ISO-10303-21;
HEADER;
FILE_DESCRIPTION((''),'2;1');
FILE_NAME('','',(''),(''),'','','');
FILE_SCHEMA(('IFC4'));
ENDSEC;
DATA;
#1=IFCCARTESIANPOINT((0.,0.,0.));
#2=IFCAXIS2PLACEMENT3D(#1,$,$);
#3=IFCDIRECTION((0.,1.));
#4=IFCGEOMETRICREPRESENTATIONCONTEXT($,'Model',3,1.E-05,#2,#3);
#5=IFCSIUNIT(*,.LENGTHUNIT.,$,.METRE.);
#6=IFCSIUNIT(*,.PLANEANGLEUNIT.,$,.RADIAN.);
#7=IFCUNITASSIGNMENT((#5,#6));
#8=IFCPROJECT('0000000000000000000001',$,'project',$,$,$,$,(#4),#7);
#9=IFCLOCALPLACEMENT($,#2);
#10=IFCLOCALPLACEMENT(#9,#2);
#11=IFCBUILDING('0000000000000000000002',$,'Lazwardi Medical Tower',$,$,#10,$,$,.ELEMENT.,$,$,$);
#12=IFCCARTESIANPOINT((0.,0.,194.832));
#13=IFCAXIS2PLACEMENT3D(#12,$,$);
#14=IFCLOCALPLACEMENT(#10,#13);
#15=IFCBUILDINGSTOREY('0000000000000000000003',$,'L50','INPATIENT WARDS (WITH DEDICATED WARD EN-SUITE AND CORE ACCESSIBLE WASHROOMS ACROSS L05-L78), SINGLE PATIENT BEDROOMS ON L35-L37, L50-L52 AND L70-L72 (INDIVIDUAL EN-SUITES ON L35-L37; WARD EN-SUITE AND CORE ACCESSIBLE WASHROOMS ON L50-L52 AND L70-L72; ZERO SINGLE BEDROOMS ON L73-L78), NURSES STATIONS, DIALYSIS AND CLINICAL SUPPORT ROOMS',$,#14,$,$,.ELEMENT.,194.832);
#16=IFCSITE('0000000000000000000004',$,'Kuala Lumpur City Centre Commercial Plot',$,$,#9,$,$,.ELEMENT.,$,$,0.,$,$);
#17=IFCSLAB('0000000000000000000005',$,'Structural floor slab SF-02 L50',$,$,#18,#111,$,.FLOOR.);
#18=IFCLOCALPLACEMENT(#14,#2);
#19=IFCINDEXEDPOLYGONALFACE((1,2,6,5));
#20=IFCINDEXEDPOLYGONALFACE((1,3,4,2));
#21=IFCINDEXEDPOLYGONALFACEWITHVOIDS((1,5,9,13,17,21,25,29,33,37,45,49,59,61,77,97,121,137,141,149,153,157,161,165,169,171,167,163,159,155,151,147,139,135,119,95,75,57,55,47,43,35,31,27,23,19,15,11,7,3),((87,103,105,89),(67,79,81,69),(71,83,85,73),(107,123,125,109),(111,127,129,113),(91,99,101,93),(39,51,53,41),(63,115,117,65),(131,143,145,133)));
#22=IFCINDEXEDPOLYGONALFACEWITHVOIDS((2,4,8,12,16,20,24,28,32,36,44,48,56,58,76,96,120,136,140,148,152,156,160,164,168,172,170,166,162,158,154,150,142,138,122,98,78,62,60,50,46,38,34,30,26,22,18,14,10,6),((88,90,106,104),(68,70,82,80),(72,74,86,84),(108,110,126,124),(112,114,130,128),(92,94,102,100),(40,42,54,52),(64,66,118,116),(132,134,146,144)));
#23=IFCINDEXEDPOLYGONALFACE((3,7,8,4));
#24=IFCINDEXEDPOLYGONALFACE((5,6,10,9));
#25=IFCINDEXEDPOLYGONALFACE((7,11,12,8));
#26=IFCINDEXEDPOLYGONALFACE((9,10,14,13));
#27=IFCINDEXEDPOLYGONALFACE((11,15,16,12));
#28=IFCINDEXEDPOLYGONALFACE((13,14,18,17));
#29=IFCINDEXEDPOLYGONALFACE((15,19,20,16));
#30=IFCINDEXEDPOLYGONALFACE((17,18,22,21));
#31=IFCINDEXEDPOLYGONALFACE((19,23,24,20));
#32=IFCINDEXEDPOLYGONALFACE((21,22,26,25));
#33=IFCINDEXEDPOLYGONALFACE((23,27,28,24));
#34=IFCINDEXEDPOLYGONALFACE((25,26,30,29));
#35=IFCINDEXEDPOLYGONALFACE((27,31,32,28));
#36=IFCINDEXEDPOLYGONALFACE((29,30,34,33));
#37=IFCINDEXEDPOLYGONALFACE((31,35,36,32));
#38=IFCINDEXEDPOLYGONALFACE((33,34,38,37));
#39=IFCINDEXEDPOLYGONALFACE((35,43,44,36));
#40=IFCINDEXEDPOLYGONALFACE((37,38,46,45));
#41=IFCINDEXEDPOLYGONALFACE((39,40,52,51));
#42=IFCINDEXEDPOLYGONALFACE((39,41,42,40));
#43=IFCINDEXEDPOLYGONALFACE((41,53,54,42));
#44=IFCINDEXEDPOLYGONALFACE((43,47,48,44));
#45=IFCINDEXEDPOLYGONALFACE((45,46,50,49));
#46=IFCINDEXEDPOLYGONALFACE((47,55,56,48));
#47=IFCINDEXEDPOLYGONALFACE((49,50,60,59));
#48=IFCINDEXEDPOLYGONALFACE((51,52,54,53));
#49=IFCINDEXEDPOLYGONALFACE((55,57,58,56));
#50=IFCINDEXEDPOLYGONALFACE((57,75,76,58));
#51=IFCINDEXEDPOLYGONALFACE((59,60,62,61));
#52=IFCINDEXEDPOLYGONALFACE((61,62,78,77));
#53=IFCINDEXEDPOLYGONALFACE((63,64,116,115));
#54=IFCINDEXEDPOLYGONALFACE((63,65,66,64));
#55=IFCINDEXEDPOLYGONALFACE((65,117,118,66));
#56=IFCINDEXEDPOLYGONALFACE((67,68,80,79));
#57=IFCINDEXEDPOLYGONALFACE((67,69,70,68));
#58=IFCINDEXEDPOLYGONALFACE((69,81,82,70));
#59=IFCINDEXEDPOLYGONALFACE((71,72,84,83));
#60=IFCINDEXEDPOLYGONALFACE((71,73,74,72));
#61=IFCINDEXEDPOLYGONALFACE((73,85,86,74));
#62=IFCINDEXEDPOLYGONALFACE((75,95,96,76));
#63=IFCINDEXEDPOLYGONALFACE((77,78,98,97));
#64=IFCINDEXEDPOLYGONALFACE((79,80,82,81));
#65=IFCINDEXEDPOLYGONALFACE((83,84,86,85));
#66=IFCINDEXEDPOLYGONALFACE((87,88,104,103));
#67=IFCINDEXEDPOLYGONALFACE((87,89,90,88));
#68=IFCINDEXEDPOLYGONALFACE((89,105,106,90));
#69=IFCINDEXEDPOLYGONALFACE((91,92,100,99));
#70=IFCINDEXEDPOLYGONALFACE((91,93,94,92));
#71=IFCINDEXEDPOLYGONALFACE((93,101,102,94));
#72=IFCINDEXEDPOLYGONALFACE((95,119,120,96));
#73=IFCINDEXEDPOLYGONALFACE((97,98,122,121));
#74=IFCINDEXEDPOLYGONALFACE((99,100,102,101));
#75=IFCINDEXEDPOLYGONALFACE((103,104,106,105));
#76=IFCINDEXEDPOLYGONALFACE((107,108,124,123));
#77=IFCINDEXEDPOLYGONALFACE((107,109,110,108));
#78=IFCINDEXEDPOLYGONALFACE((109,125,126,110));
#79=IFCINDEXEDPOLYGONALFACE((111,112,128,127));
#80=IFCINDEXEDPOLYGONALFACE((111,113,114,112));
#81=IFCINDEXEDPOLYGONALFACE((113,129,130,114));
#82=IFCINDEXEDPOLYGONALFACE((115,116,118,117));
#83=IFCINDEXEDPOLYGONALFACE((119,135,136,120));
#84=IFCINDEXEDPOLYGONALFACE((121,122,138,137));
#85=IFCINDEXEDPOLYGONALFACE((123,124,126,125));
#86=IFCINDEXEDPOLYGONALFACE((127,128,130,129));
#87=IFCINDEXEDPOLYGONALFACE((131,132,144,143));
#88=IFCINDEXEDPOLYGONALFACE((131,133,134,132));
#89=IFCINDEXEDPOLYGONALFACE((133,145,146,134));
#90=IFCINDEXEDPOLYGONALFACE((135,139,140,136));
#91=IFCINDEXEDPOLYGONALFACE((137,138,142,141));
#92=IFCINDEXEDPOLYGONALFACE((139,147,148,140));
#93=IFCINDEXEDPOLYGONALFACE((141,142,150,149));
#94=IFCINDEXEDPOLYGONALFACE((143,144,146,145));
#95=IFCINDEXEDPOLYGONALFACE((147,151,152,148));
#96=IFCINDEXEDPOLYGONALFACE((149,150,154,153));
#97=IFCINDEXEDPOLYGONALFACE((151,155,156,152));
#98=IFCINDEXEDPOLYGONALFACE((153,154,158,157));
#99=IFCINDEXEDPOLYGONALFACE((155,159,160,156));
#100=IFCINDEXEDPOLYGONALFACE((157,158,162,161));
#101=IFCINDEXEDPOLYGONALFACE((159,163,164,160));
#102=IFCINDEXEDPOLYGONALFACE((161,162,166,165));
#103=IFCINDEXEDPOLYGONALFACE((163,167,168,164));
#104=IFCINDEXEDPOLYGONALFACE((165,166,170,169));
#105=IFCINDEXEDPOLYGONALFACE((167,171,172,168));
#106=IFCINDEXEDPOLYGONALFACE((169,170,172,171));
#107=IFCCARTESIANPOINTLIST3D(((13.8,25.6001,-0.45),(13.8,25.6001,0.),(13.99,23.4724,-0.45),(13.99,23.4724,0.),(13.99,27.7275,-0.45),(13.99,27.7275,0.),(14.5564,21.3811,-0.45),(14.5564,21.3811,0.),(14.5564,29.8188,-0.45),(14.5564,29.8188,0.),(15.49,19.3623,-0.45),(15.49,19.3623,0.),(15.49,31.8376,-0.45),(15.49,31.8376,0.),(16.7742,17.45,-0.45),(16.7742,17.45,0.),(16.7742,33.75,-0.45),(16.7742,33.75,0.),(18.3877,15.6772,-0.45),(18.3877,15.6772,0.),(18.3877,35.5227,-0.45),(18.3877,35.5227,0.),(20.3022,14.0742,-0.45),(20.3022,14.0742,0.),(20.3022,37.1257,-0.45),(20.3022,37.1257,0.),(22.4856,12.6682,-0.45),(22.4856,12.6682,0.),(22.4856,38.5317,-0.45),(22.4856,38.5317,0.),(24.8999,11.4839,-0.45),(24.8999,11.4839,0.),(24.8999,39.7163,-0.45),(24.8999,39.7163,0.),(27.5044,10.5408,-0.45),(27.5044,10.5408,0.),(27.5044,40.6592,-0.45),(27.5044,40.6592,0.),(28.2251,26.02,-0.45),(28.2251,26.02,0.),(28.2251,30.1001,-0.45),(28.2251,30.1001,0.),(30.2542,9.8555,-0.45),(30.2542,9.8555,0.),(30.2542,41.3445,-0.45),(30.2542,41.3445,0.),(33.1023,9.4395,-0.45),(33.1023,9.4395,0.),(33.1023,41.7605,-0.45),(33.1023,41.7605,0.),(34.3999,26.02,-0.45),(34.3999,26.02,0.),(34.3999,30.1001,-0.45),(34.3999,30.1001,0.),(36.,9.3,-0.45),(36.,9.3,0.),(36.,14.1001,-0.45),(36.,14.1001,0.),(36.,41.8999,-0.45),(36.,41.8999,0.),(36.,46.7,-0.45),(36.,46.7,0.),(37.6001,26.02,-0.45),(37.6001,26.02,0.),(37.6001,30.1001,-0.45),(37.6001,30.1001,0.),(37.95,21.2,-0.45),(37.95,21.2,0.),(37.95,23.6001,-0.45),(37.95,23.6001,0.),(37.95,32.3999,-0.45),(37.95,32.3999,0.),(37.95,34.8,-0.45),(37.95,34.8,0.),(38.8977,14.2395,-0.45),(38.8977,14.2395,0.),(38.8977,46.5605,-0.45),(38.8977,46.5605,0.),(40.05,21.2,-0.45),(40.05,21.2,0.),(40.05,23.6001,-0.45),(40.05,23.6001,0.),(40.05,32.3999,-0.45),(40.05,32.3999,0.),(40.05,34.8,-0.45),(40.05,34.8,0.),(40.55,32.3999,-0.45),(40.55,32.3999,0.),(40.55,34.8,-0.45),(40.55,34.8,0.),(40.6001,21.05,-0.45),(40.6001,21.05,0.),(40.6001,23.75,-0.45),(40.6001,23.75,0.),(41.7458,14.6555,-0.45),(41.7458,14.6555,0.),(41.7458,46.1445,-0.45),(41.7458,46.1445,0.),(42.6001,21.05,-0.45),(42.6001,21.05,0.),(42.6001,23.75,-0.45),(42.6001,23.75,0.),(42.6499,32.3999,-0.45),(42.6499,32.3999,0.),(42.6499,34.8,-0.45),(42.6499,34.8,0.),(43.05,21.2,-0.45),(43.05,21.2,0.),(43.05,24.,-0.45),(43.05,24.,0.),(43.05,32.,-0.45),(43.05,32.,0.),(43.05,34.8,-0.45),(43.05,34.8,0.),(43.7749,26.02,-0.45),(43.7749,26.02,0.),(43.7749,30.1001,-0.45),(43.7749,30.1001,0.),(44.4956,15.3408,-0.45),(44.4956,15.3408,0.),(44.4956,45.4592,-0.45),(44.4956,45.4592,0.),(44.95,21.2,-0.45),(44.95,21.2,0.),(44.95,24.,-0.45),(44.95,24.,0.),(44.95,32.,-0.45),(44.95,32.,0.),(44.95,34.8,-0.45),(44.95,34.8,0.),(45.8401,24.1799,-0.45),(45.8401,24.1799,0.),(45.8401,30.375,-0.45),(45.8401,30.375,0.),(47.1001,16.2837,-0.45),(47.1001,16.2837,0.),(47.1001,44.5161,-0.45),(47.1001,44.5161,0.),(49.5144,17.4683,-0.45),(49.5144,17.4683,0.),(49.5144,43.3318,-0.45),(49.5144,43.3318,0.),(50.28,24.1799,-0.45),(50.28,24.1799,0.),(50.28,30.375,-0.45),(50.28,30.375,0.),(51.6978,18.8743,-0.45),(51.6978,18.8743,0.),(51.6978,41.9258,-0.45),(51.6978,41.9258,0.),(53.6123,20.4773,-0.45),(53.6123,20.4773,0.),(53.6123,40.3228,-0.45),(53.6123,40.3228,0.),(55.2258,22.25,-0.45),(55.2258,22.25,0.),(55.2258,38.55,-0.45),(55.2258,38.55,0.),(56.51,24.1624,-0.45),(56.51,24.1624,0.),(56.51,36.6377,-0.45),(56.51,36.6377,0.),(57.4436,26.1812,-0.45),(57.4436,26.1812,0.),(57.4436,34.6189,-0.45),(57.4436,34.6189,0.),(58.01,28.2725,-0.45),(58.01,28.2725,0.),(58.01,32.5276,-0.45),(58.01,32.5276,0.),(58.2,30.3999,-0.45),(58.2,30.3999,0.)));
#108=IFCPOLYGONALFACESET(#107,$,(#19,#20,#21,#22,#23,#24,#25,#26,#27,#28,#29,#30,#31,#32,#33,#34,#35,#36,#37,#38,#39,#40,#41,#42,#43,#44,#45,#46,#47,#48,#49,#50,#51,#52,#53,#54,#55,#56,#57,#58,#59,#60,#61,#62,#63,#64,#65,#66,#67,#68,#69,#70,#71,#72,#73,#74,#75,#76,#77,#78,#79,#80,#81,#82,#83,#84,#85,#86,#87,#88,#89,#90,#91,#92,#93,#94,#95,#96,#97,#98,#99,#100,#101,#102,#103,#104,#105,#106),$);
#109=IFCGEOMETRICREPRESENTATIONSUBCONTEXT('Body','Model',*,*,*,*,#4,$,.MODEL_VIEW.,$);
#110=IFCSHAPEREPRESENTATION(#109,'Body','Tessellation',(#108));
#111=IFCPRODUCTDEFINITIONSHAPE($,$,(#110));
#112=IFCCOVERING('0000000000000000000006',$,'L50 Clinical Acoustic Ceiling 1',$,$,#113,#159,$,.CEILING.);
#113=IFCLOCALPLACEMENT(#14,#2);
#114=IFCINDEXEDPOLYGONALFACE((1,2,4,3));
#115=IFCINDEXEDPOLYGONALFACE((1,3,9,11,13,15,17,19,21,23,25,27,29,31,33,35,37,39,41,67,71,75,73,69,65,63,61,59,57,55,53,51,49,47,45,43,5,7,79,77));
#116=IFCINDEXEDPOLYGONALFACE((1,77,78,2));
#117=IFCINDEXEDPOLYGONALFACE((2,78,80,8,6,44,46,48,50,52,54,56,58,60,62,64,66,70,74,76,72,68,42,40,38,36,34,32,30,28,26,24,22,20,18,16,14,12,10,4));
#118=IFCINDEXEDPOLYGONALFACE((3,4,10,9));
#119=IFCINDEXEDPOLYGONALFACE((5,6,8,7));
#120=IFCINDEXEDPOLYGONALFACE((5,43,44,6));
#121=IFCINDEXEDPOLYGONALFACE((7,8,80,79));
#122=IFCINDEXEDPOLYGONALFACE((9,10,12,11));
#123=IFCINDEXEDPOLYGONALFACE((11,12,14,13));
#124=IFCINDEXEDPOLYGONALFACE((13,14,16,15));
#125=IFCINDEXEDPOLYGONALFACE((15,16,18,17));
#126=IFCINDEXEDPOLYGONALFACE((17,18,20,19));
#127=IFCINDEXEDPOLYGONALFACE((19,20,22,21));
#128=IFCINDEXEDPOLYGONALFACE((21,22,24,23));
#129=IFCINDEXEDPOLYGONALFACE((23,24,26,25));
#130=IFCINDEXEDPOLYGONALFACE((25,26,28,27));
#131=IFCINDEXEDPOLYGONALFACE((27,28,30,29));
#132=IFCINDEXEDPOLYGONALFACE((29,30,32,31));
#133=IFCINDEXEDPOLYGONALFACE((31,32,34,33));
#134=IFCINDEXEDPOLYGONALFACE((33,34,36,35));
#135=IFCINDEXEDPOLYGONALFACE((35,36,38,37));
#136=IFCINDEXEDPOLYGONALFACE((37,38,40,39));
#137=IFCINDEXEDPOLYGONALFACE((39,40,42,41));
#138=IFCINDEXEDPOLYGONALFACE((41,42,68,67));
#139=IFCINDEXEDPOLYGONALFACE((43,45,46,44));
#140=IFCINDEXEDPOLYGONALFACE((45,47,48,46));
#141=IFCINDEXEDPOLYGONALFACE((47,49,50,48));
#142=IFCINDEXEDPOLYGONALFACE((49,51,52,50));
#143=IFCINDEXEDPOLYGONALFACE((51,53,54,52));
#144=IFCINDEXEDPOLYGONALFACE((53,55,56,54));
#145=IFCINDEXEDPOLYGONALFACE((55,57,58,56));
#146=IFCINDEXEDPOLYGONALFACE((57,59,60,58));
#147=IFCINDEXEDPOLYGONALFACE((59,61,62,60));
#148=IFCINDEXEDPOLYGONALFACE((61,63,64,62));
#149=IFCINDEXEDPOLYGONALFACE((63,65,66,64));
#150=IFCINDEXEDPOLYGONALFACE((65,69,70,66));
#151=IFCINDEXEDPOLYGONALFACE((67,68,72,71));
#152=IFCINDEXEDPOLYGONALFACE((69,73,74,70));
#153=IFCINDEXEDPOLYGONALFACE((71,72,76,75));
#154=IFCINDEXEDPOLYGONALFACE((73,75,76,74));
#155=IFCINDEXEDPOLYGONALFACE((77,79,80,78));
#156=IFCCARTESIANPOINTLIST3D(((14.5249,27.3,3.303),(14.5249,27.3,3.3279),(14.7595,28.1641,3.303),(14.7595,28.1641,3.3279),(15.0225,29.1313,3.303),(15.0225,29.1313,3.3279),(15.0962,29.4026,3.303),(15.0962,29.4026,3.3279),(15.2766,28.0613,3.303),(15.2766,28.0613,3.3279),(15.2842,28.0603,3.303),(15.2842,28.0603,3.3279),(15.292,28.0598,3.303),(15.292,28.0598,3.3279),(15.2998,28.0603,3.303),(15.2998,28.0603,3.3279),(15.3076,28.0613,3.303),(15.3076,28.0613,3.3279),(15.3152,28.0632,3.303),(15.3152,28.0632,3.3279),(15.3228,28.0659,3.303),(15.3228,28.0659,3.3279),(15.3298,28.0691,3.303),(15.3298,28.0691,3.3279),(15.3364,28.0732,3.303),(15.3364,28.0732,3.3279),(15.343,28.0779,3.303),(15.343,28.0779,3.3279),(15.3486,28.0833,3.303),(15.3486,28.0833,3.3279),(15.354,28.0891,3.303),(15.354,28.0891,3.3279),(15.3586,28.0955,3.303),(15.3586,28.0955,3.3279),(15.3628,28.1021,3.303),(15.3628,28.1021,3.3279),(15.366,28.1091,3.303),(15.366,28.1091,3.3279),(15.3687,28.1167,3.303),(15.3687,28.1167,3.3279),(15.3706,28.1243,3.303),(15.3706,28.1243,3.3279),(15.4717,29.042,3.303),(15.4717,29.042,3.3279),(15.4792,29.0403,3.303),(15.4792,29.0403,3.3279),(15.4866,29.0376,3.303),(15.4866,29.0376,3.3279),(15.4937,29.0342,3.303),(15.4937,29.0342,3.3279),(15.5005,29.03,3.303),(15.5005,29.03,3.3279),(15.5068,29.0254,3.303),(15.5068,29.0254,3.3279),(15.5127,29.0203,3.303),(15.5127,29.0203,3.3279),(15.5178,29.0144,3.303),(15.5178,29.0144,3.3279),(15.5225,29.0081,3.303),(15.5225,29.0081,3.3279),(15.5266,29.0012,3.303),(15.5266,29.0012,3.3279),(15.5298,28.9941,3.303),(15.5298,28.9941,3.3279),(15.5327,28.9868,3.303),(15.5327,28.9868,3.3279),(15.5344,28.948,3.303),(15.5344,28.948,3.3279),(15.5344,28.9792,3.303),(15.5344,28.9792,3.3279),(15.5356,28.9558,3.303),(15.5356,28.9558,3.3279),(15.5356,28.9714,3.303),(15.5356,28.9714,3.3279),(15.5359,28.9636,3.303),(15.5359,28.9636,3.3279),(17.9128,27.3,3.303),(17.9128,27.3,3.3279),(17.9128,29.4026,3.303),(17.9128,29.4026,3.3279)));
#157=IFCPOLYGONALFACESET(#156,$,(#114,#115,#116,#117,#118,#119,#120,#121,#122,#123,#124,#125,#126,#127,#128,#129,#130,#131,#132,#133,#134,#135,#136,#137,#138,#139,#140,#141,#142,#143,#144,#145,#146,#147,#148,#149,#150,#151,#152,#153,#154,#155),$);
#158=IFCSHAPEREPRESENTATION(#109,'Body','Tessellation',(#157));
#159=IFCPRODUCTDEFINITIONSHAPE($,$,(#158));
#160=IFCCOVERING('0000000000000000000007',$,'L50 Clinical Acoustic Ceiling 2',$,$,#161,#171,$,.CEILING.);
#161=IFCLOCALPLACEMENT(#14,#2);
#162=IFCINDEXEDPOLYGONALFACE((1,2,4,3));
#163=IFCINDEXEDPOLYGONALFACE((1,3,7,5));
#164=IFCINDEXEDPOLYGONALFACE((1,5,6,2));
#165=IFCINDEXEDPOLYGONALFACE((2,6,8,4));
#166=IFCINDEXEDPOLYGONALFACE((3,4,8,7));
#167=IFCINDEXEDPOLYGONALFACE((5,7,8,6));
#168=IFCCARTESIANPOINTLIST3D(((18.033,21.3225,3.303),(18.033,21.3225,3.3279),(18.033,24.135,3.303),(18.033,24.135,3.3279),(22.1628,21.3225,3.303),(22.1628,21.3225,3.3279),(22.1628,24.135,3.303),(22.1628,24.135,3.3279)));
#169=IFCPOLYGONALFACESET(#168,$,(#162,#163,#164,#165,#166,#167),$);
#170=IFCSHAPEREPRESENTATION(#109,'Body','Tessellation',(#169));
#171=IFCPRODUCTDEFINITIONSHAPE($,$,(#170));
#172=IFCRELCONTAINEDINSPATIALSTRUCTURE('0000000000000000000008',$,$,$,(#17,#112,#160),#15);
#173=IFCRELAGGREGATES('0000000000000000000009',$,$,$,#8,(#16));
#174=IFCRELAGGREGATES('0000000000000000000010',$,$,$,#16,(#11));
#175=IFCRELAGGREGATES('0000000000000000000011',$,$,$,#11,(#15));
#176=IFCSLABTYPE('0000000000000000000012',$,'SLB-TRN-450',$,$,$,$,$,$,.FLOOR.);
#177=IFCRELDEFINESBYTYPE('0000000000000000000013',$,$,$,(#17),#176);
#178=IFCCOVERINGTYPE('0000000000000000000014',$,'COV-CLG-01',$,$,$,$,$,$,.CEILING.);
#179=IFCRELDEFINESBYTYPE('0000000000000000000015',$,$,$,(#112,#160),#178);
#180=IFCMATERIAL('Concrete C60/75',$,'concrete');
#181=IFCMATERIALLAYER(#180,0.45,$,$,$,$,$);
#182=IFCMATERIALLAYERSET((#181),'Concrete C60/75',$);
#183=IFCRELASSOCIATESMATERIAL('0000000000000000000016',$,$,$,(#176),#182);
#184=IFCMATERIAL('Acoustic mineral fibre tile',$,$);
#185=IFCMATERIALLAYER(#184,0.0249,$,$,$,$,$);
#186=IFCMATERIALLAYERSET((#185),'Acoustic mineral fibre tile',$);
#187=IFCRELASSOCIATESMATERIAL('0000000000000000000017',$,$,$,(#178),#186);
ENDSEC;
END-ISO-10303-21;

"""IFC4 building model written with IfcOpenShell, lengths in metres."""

from ifc_helpers import new_model, si_unit, direction, frame, origin, place, context, subcontext, project, spatial, polyline, outline, extrude, material, layer, layer_set, type_object, element, save


model = new_model("IFC4")

# Units and contexts
model_context = context("Model", 3, precision=1e-05, world=origin(), true_north=direction((0.0, 1.0)))
body_context = subcontext(model_context, "Body", "Model", "MODEL_VIEW")
ifc_project = project(units=[si_unit("LENGTHUNIT", "METRE"), si_unit("PLANEANGLEUNIT", "RADIAN")], contexts=[model_context])

# Site, building, storey
site_placement = place(None, origin())
site = spatial("IfcSite", under=ifc_project, at=site_placement, Name="Kuala Lumpur City Centre Commercial Plot", CompositionType="ELEMENT", RefElevation=0.0)
building_placement = place(site_placement, origin())
building = spatial("IfcBuilding", under=site, at=building_placement, Name="Lazwardi Medical Tower", CompositionType="ELEMENT")
storey_placement = place(building_placement, frame((0.0, 0.0, 194.832)))
storey = spatial("IfcBuildingStorey", under=building, at=storey_placement, Name="L50", Description="INPATIENT WARDS (WITH DEDICATED WARD EN-SUITE AND CORE ACCESSIBLE WASHROOMS ACROSS L05-L78), SINGLE PATIENT BEDROOMS ON L35-L37, L50-L52 AND L70-L72 (INDIVIDUAL EN-SUITES ON L35-L37; WARD EN-SUITE AND CORE ACCESSIBLE WASHROOMS ON L50-L52 AND L70-L72; ZERO SINGLE BEDROOMS ON L73-L78), NURSES STATIONS, DIALYSIS AND CLINICAL SUPPORT ROOMS", CompositionType="ELEMENT", Elevation=194.832)

# Slab
ifc_material_1 = material(Name="Concrete C60/75", Category="concrete")
ifc_layer_1 = layer(ifc_material_1, 0.45)
ifc_layer_set_1 = layer_set([ifc_layer_1], Name="Concrete C60/75")
slab_type = type_object("IfcSlabType", Name="SLB-TRN-450", PredefinedType="FLOOR", material=ifc_layer_set_1)
slab_placement = place(storey_placement, frame((0.0, 0.0, -0.45)))
element("IfcSlab", 1, at=slab_placement, inside=storey, type_object=slab_type, Name="Structural floor slab SF-02 L50", PredefinedType="FLOOR", context=body_context, shape_type="SweptSolid", body=[
    extrude(outline(polyline([(18.3877, 15.6772), (20.3022, 14.0742), (22.4856, 12.6682), (24.8999, 11.4839), (27.5044, 10.5408), (30.2542, 9.8555), (33.1023, 9.4395), (36.0, 9.3), (36.0, 14.1001), (38.8977, 14.2395), (41.7458, 14.6555), (44.4956, 15.3408), (47.1001, 16.2837), (49.5144, 17.4683), (51.6978, 18.8743), (53.6123, 20.4773), (55.2258, 22.25), (56.51, 24.1624), (57.4436, 26.1812), (58.01, 28.2725), (58.2, 30.3999), (58.01, 32.5276), (57.4436, 34.6189), (56.51, 36.6377), (55.2258, 38.55), (53.6123, 40.3228), (51.6978, 41.9258), (49.5144, 43.3318), (47.1001, 44.5161), (44.4956, 45.4592), (41.7458, 46.1445), (38.8977, 46.5605), (36.0, 46.7), (36.0, 41.8999), (33.1023, 41.7605), (30.2542, 41.3445), (27.5044, 40.6592), (24.8999, 39.7163), (22.4856, 38.5317), (20.3022, 37.1257), (18.3877, 35.5227), (16.7742, 33.75), (15.49, 31.8376), (14.5564, 29.8188), (13.99, 27.7275), (13.8, 25.6001), (13.99, 23.4724), (14.5564, 21.3811), (15.49, 19.3623), (16.7742, 17.45), (18.3877, 15.6772)]), holes=[polyline([(28.2251, 26.02), (28.2251, 30.1001), (34.3999, 30.1001), (34.3999, 26.02), (28.2251, 26.02)]), polyline([(37.6001, 30.1001), (43.7749, 30.1001), (43.7749, 26.02), (37.6001, 26.02), (37.6001, 30.1001)]), polyline([(50.28, 30.375), (50.28, 24.1799), (45.8401, 24.1799), (45.8401, 30.375), (50.28, 30.375)]), polyline([(40.05, 32.3999), (37.95, 32.3999), (37.95, 34.8), (40.05, 34.8), (40.05, 32.3999)]), polyline([(40.55, 32.3999), (40.55, 34.8), (42.6499, 34.8), (42.6499, 32.3999), (40.55, 32.3999)]), polyline([(37.95, 23.6001), (40.05, 23.6001), (40.05, 21.2), (37.95, 21.2), (37.95, 23.6001)]), polyline([(44.95, 34.8), (44.95, 32.0), (43.05, 32.0), (43.05, 34.8), (44.95, 34.8)]), polyline([(44.95, 21.2), (43.05, 21.2), (43.05, 24.0), (44.95, 24.0), (44.95, 21.2)]), polyline([(40.6001, 21.05), (40.6001, 23.75), (42.6001, 23.75), (42.6001, 21.05), (40.6001, 21.05)])]), origin(), (0.0, 0.0, 1.0), 0.45),
])

# Coverings
ifc_material_2 = material(Name="Acoustic mineral fibre tile")
ifc_layer_2 = layer(ifc_material_2, 0.0249)
ifc_layer_set_2 = layer_set([ifc_layer_2], Name="Acoustic mineral fibre tile")
covering_type_1 = type_object("IfcCoveringType", Name="COV-CLG-01", PredefinedType="CEILING", material=ifc_layer_set_2)
covering_1_placement = place(storey_placement, frame((0.0, 0.0, 3.303)))
element("IfcCovering", 2, at=covering_1_placement, inside=storey, type_object=covering_type_1, Name="L50 Clinical Acoustic Ceiling 1", PredefinedType="CEILING", context=body_context, shape_type="SweptSolid", body=[
    extrude(outline(polyline([(15.0962, 29.4026), (15.0225, 29.1313), (15.4717, 29.042), (15.4792, 29.0403), (15.4866, 29.0376), (15.4937, 29.0342), (15.5005, 29.03), (15.5068, 29.0254), (15.5127, 29.0203), (15.5178, 29.0144), (15.5225, 29.0081), (15.5266, 29.0012), (15.5298, 28.9941), (15.5327, 28.9868), (15.5344, 28.9792), (15.5356, 28.9714), (15.5359, 28.9636), (15.5356, 28.9558), (15.5344, 28.948), (15.3706, 28.1243), (15.3687, 28.1167), (15.366, 28.1091), (15.3628, 28.1021), (15.3586, 28.0955), (15.354, 28.0891), (15.3486, 28.0833), (15.343, 28.0779), (15.3364, 28.0732), (15.3298, 28.0691), (15.3228, 28.0659), (15.3152, 28.0632), (15.3076, 28.0613), (15.2998, 28.0603), (15.292, 28.0598), (15.2842, 28.0603), (15.2766, 28.0613), (14.7595, 28.1641), (14.5249, 27.3), (17.9128, 27.3), (17.9128, 29.4026), (15.0962, 29.4026)])), origin(), (0.0, 0.0, 1.0), 0.0249),
])
covering_2_placement = place(storey_placement, frame((0.0, 0.0, 3.303)))
element("IfcCovering", 3, at=covering_2_placement, inside=storey, type_object=covering_type_1, Name="L50 Clinical Acoustic Ceiling 2", PredefinedType="CEILING", context=body_context, shape_type="SweptSolid", body=[
    extrude(outline(polyline([(22.1628, 24.135), (18.033, 24.135), (18.033, 21.3225), (22.1628, 21.3225), (22.1628, 24.135)])), origin(), (0.0, 0.0, 1.0), 0.0249),
])

save(model, "model.ifc")
